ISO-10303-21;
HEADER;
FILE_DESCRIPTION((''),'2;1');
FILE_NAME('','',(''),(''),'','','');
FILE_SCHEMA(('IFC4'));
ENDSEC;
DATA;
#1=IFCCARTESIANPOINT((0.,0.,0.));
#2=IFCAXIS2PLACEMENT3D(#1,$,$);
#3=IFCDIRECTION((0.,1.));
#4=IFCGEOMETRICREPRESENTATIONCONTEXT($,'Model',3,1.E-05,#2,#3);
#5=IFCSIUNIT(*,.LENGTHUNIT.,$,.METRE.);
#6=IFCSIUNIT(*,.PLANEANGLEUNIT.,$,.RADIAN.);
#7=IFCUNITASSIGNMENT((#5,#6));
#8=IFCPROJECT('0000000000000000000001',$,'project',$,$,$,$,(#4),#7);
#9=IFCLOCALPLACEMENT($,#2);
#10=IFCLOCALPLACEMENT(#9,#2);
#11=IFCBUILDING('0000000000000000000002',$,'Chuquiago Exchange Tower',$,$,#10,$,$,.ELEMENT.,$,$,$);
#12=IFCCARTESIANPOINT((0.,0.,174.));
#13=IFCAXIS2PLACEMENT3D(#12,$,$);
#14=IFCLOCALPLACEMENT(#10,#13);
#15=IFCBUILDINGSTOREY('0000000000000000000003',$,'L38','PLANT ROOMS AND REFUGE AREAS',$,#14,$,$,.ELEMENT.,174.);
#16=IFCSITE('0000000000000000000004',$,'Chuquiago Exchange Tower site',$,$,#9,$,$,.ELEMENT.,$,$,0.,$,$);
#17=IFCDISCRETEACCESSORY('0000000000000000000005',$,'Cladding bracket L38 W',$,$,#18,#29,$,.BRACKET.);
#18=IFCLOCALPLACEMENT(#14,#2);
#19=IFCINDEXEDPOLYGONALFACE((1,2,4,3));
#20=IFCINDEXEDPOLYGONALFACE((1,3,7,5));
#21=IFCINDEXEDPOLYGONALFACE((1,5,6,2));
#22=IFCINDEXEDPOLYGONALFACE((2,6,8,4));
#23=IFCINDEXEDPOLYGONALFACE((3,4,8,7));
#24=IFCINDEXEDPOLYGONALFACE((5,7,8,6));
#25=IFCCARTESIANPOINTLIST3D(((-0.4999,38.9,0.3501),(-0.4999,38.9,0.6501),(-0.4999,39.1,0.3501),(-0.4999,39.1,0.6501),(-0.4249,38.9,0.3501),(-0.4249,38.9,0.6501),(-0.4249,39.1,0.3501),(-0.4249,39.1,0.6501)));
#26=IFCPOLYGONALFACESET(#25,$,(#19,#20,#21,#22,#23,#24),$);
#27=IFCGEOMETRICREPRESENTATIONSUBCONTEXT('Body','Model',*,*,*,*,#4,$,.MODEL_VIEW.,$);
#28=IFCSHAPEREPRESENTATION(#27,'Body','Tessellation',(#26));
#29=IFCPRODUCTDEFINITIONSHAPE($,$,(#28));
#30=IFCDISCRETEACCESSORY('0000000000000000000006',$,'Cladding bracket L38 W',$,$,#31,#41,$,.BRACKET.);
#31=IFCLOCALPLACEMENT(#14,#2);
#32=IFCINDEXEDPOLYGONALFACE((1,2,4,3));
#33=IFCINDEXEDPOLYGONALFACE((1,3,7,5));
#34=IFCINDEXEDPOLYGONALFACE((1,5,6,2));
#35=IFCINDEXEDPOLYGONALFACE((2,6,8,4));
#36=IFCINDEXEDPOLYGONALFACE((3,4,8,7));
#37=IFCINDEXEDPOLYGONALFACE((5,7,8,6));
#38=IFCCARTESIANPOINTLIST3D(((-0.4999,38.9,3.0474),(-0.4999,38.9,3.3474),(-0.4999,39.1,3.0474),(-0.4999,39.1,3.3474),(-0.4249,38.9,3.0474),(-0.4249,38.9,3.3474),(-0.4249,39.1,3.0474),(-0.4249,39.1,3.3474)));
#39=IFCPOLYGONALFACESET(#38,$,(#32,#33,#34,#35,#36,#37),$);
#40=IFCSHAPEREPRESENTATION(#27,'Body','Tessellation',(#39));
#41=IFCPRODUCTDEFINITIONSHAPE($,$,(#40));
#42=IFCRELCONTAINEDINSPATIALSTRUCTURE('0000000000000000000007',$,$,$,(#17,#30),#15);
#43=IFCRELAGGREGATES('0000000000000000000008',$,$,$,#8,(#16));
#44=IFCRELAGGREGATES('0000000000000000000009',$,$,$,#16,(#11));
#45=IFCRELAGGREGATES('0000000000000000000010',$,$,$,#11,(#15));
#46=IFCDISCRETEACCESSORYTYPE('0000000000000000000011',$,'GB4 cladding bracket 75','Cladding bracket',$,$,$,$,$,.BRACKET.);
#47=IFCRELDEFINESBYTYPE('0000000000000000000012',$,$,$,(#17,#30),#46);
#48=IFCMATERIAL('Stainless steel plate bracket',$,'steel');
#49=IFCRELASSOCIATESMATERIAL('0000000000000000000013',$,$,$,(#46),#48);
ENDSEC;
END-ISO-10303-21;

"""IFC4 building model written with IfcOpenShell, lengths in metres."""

from ifc_helpers import new_model, si_unit, direction, frame, origin, origin_2d, place, context, subcontext, project, spatial, rectangle, extrude, material, type_object, element, save


model = new_model("IFC4")

# Units and contexts
model_context = context("Model", 3, precision=1e-05, world=origin(), true_north=direction((0.0, 1.0)))
body_context = subcontext(model_context, "Body", "Model", "MODEL_VIEW")
ifc_project = project(units=[si_unit("LENGTHUNIT", "METRE"), si_unit("PLANEANGLEUNIT", "RADIAN")], contexts=[model_context])

# Site, building, storey
site_placement = place(None, origin())
site = spatial("IfcSite", under=ifc_project, at=site_placement, Name="Chuquiago Exchange Tower site", CompositionType="ELEMENT", RefElevation=0.0)
building_placement = place(site_placement, origin())
building = spatial("IfcBuilding", under=site, at=building_placement, Name="Chuquiago Exchange Tower", CompositionType="ELEMENT")
storey_placement = place(building_placement, frame((0.0, 0.0, 174.0)))
storey = spatial("IfcBuildingStorey", under=building, at=storey_placement, Name="L38", Description="PLANT ROOMS AND REFUGE AREAS", CompositionType="ELEMENT", Elevation=174.0)

# Discrete accessories
ifc_material_1 = material(Name="Stainless steel plate bracket", Category="steel")
discrete_accessory_type = type_object("IfcDiscreteAccessoryType", Name="GB4 cladding bracket 75", Description="Cladding bracket", PredefinedType="BRACKET", material=ifc_material_1)
for number, where, z_axis, x_axis, name in (
    (1, (-0.4624, 39.0, 0.3501), (0.0, 0.0, 1.0), (0.0, -1.0, 0.0), "Cladding bracket L38 W"),
    (2, (-0.4624, 39.0, 3.0474), (0.0, 0.0, 1.0), (0.0, -1.0, 0.0), "Cladding bracket L38 W"),
):
    element("IfcDiscreteAccessory", number, at=place(storey_placement, frame(where, z_axis=z_axis, x_axis=x_axis)), inside=storey, type_object=discrete_accessory_type, Name=name, PredefinedType="BRACKET", context=body_context, shape_type="SweptSolid", body=[
        extrude(rectangle(XDim=0.2, YDim=0.075, at=origin_2d()), origin(), (0.0, 0.0, 1.0), 0.3),
    ])

save(model, "model.ifc")
